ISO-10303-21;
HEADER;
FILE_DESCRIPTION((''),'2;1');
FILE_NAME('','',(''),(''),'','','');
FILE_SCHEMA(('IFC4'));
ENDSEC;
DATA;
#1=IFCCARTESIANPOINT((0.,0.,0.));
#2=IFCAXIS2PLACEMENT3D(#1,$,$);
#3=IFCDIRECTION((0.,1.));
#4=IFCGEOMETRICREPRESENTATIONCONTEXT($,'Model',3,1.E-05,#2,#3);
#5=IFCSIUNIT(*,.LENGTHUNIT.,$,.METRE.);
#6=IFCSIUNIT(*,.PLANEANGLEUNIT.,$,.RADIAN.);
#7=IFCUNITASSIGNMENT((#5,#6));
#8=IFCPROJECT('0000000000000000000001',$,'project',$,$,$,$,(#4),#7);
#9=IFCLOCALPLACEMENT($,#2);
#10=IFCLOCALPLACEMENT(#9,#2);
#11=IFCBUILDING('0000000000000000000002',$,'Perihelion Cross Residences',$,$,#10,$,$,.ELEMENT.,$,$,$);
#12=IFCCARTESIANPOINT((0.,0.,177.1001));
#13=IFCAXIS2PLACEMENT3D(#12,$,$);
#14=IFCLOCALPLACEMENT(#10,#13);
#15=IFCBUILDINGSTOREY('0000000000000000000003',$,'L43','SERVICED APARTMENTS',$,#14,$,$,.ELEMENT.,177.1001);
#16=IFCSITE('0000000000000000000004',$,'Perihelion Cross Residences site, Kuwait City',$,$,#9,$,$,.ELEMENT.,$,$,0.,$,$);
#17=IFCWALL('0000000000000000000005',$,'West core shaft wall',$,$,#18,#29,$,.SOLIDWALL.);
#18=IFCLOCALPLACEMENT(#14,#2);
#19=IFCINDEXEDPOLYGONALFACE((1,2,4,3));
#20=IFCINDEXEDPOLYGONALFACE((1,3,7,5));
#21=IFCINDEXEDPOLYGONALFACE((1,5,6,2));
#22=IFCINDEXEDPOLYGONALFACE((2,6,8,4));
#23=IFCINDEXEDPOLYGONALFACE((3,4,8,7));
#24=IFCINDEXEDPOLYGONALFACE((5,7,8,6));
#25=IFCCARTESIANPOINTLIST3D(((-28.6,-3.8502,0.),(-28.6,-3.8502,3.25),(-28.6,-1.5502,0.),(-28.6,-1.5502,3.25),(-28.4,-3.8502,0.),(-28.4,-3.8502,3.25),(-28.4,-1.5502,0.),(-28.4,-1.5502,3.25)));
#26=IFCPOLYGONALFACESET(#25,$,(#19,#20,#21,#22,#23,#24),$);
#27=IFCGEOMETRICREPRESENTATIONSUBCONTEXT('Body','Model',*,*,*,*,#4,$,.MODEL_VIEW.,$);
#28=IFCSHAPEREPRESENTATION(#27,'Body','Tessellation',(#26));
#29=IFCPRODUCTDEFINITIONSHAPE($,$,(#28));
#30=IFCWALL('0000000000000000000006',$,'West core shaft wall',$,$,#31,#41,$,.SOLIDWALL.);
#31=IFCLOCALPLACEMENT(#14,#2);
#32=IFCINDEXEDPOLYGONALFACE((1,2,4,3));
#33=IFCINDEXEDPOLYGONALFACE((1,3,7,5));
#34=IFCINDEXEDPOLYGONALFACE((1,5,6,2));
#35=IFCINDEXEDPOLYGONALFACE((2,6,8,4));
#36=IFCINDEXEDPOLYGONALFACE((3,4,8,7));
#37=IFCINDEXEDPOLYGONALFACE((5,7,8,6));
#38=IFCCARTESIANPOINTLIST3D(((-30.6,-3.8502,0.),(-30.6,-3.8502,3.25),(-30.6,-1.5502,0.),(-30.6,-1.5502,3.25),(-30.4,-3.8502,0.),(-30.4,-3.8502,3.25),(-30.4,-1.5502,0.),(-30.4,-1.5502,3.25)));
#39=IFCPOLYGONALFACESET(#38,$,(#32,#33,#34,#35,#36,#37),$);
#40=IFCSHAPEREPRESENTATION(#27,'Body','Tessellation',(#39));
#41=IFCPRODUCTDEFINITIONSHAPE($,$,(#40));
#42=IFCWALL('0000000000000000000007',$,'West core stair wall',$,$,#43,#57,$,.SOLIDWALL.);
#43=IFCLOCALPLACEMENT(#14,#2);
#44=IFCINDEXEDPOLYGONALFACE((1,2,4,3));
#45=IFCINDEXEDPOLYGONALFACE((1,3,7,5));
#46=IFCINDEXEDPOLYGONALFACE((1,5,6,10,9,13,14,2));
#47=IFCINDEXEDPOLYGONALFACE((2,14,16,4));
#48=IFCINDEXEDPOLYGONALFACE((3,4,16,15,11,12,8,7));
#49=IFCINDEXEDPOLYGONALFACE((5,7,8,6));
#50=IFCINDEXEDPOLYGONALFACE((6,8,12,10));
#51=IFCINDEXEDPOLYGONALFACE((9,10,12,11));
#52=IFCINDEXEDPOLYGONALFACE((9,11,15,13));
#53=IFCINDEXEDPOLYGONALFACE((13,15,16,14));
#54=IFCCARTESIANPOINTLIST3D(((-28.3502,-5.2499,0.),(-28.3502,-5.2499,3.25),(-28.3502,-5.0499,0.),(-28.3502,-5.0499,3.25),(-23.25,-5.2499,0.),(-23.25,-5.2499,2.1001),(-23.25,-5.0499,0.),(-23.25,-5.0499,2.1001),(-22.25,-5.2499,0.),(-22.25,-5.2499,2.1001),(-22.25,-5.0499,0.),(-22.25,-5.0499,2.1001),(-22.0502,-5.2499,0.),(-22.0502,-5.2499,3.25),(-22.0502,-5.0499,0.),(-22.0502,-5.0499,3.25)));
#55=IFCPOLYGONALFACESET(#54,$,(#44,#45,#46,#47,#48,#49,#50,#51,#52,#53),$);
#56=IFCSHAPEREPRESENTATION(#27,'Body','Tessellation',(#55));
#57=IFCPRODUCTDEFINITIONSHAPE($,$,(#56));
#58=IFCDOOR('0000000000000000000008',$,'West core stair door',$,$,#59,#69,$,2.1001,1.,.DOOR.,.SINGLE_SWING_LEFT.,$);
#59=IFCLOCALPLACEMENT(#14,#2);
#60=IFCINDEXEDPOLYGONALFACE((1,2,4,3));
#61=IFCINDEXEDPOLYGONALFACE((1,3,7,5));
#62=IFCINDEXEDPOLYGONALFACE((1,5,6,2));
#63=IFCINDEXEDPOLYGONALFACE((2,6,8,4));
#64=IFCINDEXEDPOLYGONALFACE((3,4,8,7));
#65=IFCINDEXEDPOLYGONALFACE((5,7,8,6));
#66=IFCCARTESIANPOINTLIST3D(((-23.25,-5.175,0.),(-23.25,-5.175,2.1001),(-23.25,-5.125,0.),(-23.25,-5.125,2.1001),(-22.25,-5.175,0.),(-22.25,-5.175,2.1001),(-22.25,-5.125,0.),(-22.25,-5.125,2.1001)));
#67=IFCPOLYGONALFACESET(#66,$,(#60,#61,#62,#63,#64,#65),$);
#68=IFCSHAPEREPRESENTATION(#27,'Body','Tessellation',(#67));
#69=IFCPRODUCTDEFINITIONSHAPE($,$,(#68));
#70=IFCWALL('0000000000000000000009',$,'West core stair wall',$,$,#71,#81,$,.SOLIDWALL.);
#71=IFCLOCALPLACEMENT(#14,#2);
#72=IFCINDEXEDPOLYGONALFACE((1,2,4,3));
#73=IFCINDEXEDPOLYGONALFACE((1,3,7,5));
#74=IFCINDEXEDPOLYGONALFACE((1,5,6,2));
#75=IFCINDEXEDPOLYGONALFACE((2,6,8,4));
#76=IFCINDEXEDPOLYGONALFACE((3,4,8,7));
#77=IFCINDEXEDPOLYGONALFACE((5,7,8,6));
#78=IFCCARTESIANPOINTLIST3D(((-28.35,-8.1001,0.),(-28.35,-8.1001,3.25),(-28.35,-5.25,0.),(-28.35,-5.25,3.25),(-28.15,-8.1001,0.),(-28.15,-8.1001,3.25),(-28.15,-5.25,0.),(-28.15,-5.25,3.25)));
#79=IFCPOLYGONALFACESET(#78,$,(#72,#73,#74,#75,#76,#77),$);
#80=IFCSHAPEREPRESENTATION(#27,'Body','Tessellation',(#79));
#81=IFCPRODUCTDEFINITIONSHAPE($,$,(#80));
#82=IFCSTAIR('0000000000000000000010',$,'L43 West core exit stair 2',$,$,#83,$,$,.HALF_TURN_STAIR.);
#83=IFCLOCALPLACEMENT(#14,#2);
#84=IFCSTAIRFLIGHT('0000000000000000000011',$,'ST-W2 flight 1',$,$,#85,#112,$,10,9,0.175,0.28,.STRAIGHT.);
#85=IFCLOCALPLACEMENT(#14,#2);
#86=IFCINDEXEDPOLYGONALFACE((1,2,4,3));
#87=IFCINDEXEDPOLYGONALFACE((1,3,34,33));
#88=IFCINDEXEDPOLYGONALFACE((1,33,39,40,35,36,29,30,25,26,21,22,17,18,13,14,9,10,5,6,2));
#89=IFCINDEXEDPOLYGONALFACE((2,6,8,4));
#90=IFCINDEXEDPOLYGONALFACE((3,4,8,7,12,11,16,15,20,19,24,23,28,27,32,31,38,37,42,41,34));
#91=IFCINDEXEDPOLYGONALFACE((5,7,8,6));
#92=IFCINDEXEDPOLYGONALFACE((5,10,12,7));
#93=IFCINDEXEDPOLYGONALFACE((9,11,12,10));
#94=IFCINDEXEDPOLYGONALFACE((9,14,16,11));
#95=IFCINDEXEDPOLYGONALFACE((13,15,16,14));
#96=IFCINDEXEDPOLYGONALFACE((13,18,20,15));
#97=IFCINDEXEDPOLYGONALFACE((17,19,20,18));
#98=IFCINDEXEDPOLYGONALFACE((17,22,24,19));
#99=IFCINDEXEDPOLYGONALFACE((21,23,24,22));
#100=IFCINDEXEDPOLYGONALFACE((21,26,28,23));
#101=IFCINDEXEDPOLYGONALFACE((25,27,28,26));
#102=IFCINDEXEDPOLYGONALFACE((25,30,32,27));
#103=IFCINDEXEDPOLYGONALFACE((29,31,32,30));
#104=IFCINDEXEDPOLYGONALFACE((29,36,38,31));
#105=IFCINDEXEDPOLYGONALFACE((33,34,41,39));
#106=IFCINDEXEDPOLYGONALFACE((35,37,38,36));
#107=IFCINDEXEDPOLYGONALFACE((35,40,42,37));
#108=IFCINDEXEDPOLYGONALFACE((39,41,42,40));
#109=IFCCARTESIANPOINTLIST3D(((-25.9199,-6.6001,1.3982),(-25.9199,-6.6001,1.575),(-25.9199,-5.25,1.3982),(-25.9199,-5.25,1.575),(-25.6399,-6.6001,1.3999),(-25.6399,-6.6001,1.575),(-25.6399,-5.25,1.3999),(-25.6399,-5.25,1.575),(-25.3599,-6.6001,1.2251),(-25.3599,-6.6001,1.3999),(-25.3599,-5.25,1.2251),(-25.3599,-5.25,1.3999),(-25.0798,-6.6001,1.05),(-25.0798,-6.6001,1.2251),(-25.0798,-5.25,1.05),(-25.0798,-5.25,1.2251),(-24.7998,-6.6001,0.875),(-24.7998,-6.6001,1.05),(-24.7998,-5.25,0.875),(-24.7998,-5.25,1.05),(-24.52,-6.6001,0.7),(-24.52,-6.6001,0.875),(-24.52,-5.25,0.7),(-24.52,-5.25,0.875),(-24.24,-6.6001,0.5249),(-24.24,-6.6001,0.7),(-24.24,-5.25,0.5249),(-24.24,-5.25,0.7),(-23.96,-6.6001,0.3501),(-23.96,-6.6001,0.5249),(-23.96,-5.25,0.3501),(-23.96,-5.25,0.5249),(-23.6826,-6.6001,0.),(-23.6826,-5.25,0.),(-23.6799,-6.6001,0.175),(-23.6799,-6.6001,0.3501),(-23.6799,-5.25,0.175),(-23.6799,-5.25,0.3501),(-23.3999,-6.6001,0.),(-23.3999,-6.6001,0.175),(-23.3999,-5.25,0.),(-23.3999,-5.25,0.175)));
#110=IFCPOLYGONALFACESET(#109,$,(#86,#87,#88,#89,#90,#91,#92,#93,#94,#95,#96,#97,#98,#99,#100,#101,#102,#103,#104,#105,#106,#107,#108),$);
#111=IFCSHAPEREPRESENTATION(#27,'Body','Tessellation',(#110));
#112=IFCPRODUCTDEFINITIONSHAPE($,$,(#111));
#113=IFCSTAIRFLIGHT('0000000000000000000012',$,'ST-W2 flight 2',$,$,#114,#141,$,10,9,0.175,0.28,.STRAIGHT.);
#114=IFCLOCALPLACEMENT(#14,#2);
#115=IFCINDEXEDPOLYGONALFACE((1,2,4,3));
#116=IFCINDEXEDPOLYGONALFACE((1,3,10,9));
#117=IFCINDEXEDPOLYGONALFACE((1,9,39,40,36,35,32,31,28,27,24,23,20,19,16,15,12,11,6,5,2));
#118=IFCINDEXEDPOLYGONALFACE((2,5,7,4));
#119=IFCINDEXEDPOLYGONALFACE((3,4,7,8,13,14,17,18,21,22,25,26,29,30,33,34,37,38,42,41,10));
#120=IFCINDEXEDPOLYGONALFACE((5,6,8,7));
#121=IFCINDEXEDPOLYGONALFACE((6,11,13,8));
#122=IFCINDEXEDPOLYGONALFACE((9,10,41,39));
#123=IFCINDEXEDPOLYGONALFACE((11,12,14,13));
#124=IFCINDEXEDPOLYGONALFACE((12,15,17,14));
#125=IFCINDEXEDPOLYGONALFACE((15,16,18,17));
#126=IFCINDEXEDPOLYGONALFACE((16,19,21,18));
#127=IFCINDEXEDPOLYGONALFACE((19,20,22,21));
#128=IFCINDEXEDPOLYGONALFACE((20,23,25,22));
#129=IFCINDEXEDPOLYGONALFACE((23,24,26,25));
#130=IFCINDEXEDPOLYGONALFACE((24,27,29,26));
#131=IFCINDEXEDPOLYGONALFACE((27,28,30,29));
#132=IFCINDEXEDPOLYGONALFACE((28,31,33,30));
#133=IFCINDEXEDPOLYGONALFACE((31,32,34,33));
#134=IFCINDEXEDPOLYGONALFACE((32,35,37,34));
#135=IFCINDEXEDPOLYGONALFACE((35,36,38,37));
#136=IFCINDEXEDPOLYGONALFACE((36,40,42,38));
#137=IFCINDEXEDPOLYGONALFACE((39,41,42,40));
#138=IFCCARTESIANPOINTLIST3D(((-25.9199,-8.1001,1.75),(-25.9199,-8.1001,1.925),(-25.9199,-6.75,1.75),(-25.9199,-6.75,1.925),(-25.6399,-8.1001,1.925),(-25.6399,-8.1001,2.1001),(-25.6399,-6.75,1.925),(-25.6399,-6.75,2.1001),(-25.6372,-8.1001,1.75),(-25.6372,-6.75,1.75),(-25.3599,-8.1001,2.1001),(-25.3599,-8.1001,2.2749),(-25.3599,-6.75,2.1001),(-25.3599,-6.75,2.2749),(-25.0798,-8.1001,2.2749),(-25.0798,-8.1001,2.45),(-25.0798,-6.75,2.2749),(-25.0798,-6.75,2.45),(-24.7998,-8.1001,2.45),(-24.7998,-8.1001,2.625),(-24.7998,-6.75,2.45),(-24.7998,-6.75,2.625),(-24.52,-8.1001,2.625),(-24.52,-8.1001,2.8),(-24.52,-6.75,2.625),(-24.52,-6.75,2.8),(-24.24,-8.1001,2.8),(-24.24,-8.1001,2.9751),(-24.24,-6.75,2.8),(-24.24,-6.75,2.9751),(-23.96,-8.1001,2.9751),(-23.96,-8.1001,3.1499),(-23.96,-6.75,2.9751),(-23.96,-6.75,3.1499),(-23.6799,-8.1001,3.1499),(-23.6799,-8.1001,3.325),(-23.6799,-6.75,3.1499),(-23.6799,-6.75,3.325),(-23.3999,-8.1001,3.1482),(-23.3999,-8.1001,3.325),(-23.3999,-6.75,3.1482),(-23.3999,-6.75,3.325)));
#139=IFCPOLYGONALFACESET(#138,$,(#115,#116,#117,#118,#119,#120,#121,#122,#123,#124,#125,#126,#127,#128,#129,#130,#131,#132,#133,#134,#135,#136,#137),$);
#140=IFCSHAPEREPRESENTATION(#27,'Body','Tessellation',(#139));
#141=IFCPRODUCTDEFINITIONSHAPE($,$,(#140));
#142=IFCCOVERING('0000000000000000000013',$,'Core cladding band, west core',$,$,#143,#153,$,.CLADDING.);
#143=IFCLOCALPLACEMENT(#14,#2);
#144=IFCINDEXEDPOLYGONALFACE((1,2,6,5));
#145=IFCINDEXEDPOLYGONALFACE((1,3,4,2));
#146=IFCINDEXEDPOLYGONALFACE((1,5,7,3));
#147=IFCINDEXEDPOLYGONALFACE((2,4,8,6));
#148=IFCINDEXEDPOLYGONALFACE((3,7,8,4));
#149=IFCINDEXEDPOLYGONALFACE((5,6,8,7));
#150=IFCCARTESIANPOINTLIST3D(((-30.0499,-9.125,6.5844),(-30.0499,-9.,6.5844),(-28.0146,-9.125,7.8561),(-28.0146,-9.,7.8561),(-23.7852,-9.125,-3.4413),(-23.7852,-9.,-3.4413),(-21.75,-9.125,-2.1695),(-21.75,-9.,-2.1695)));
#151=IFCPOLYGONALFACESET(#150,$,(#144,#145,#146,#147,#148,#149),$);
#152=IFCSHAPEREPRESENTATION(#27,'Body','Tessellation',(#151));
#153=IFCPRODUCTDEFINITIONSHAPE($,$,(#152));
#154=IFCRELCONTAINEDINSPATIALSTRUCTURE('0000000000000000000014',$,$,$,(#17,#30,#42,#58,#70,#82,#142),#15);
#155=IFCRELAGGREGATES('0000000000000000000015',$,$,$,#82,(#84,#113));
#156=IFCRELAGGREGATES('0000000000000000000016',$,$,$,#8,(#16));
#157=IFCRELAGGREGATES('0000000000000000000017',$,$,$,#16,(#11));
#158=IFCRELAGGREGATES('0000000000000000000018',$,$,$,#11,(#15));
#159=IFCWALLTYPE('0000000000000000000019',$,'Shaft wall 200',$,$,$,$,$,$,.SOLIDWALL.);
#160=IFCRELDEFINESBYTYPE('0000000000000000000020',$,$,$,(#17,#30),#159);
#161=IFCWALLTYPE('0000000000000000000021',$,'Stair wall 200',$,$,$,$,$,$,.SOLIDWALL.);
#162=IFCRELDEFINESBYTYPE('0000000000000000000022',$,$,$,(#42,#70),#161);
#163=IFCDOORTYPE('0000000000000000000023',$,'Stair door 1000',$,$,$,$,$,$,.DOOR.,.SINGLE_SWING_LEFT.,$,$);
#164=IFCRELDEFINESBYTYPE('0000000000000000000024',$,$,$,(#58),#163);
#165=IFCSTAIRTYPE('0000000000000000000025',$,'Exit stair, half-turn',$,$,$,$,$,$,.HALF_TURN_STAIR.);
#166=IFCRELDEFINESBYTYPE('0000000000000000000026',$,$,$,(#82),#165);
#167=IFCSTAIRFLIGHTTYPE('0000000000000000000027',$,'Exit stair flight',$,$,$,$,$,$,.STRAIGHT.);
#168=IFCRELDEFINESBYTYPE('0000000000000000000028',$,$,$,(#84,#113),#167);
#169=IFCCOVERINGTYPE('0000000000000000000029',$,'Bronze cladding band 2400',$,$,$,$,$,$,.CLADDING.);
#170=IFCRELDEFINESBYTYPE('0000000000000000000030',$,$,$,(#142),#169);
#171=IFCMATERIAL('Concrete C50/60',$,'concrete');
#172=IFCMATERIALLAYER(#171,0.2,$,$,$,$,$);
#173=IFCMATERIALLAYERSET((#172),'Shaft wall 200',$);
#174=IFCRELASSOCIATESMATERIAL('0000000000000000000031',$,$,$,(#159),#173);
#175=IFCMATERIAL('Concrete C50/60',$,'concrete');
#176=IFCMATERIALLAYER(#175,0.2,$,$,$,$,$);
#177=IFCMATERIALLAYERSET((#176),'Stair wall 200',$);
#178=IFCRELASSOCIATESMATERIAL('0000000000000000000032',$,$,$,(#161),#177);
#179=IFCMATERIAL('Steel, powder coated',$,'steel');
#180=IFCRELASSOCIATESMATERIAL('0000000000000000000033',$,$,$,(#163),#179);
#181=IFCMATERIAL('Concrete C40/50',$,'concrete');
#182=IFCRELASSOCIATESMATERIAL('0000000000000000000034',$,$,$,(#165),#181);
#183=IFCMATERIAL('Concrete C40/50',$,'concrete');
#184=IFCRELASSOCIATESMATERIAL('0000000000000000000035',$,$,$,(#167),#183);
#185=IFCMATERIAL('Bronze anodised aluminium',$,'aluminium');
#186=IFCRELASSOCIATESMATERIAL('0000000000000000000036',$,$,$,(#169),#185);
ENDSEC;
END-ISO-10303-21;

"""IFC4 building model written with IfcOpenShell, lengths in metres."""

from ifc_helpers import new_model, si_unit, direction, frame, frame_2d, origin, origin_2d, place, context, subcontext, project, spatial, polyline, rectangle, outline, extrude, material, layer, layer_set, material_profile, profile_set, type_object, element, fill, aggregate, save


model = new_model("IFC4")

# Units and contexts
model_context = context("Model", 3, precision=1e-05, world=origin(), true_north=direction((0.0, 1.0)))
body_context = subcontext(model_context, "Body", "Model", "MODEL_VIEW")
ifc_project = project(units=[si_unit("LENGTHUNIT", "METRE"), si_unit("PLANEANGLEUNIT", "RADIAN")], contexts=[model_context])

# Site, building, storey
site_placement = place(None, origin())
site = spatial("IfcSite", under=ifc_project, at=site_placement, Name="Perihelion Cross Residences site, Kuwait City", CompositionType="ELEMENT", RefElevation=0.0)
building_placement = place(site_placement, origin())
building = spatial("IfcBuilding", under=site, at=building_placement, Name="Perihelion Cross Residences", CompositionType="ELEMENT")
storey_placement = place(building_placement, frame((0.0, 0.0, 177.1001)))
storey = spatial("IfcBuildingStorey", under=building, at=storey_placement, Name="L43", Description="SERVICED APARTMENTS", CompositionType="ELEMENT", Elevation=177.1001)

# Walls
ifc_material_1 = material(Name="Concrete C50/60", Category="concrete")
ifc_layer_1 = layer(ifc_material_1, 0.2)
ifc_layer_set_1 = layer_set([ifc_layer_1], Name="Shaft wall 200")
wall_type_1 = type_object("IfcWallType", Name="Shaft wall 200", PredefinedType="SOLIDWALL", material=ifc_layer_set_1)
for number, where, z_axis, x_axis, name in (
    (1, (-28.5, -3.8501, 0.0), (0.0, 0.0, 1.0), (0.0, 1.0, 0.0), "West core shaft wall"),
    (2, (-30.5, -3.8501, 0.0), (0.0, 0.0, 1.0), (0.0, 1.0, 0.0), "West core shaft wall"),
):
    element("IfcWall", number, at=place(storey_placement, frame(where, z_axis=z_axis, x_axis=x_axis)), inside=storey, type_object=wall_type_1, Name=name, PredefinedType="SOLIDWALL", context=body_context, shape_type="SweptSolid", body=[
        extrude(rectangle(XDim=2.3, YDim=0.2, at=frame_2d((1.1499, 0.0))), origin(), (0.0, 0.0, 1.0), 3.25),
    ])

# Wall, opening, door
ifc_material_2 = material(Name="Concrete C50/60", Category="concrete")
ifc_layer_2 = layer(ifc_material_2, 0.2)
ifc_layer_set_2 = layer_set([ifc_layer_2], Name="Stair wall 200")
wall_type_2 = type_object("IfcWallType", Name="Stair wall 200", PredefinedType="SOLIDWALL", material=ifc_layer_set_2)
wall_1_placement = place(storey_placement, frame((-28.3501, -5.1499, 0.0), z_axis=(0.0, 0.0, 1.0), x_axis=(1.0, 0.0, 0.0)))
wall_1 = element("IfcWall", 3, at=wall_1_placement, inside=storey, type_object=wall_type_2, Name="West core stair wall", PredefinedType="SOLIDWALL", context=body_context, shape_type="SweptSolid", body=[
    extrude(rectangle(XDim=6.3, YDim=0.2, at=frame_2d((3.1499, 0.0))), origin(), (0.0, 0.0, 1.0), 3.25),
])
opening_1_placement = place(wall_1_placement, frame((5.1001, 0.0, 0.0)))
opening_1 = element("IfcOpeningElement", 4, at=opening_1_placement, cuts=wall_1, PredefinedType="OPENING", context=body_context, shape_type="SweptSolid", body=[
    extrude(rectangle(XDim=1.0, YDim=2.1001, at=frame_2d((0.5, 1.05))), frame((0.0, 0.1099, 0.0), z_axis=(0.0, -1.0, 0.0), x_axis=(1.0, 0.0, 0.0)), (0.0, 0.0, 1.0), 0.22),
])
ifc_material_3 = material(Name="Steel, powder coated", Category="steel")
door_type_1 = type_object("IfcDoorType", Name="Stair door 1000", OperationType="SINGLE_SWING_LEFT", PredefinedType="DOOR", material=ifc_material_3)
door_1_placement = place(opening_1_placement, origin())
door_1 = element("IfcDoor", 5, at=door_1_placement, inside=storey, type_object=door_type_1, Name="West core stair door", OperationType="SINGLE_SWING_LEFT", OverallHeight=2.1001, OverallWidth=1.0, PredefinedType="DOOR", context=body_context, shape_type="SweptSolid", body=[
    extrude(rectangle(XDim=1.0, YDim=2.1001, at=frame_2d((0.5, 1.05))), frame((0.0, 0.0249, 0.0), z_axis=(0.0, -1.0, 0.0), x_axis=(1.0, 0.0, 0.0)), (0.0, 0.0, 1.0), 0.05),
])
fill(opening_1, door_1)

# Wall
wall_2_placement = place(storey_placement, frame((-28.25, -8.1001, 0.0), z_axis=(0.0, 0.0, 1.0), x_axis=(0.0, 1.0, 0.0)))
element("IfcWall", 6, at=wall_2_placement, inside=storey, type_object=wall_type_2, Name="West core stair wall", PredefinedType="SOLIDWALL", context=body_context, shape_type="SweptSolid", body=[
    extrude(rectangle(XDim=2.8501, YDim=0.2, at=frame_2d((1.425, 0.0))), origin(), (0.0, 0.0, 1.0), 3.25),
])

# Stair, stair flights
ifc_material_4 = material(Name="Concrete C40/50", Category="concrete")
stair_type = type_object("IfcStairType", Name="Exit stair, half-turn", PredefinedType="HALF_TURN_STAIR", material=ifc_material_4)
stair_placement = place(storey_placement, origin())
stair = element("IfcStair", 7, at=stair_placement, inside=storey, type_object=stair_type, Name="L43 West core exit stair 2", PredefinedType="HALF_TURN_STAIR")
ifc_material_5 = material(Name="Concrete C40/50", Category="concrete")
stair_flight_type = type_object("IfcStairFlightType", Name="Exit stair flight", PredefinedType="STRAIGHT", material=ifc_material_5)
stair_flight_1_placement = place(storey_placement, frame((-23.3999, -5.925, 0.0), z_axis=(0.0, 0.0, 1.0), x_axis=(-1.0, 0.0, 0.0)))
stair_flight_1 = element("IfcStairFlight", 8, at=stair_flight_1_placement, type_object=stair_flight_type, Name="ST-W2 flight 1", NumberOfRisers=10, NumberOfTreads=9, PredefinedType="STRAIGHT", RiserHeight=0.175, TreadLength=0.28, context=body_context, shape_type="SweptSolid", body=[
    extrude(outline(polyline([(0.0, 0.0), (0.0, 0.175), (0.28, 0.175), (0.28, 0.3501), (0.5601, 0.3501), (0.5601, 0.5249), (0.8401, 0.5249), (0.8401, 0.7), (1.1201, 0.7), (1.1201, 0.875), (1.3999, 0.875), (1.3999, 1.05), (1.6799, 1.05), (1.6799, 1.2251), (1.96, 1.2251), (1.96, 1.3999), (2.24, 1.3999), (2.24, 1.575), (2.52, 1.575), (2.52, 1.75), (2.52, 1.3982), (0.2827, 0.0), (0.0, 0.0)])), frame((0.0, 0.675, 0.0), z_axis=(0.0, -1.0, 0.0), x_axis=(1.0, 0.0, 0.0)), (0.0, 0.0, 1.0), 1.3501),
])
stair_flight_2_placement = place(storey_placement, frame((-25.9199, -7.425, 1.75), z_axis=(0.0, 0.0, 1.0), x_axis=(1.0, 0.0, 0.0)))
stair_flight_2 = element("IfcStairFlight", 9, at=stair_flight_2_placement, type_object=stair_flight_type, Name="ST-W2 flight 2", NumberOfRisers=10, NumberOfTreads=9, PredefinedType="STRAIGHT", RiserHeight=0.175, TreadLength=0.28, context=body_context, shape_type="SweptSolid", body=[
    extrude(outline(polyline([(0.0, 0.0), (0.0, 0.175), (0.28, 0.175), (0.28, 0.3501), (0.5601, 0.3501), (0.5601, 0.5249), (0.8401, 0.5249), (0.8401, 0.7), (1.1201, 0.7), (1.1201, 0.875), (1.3999, 0.875), (1.3999, 1.05), (1.6799, 1.05), (1.6799, 1.2251), (1.96, 1.2251), (1.96, 1.3999), (2.24, 1.3999), (2.24, 1.575), (2.52, 1.575), (2.52, 1.75), (2.52, 1.3982), (0.2827, 0.0), (0.0, 0.0)])), frame((0.0, 0.675, 0.0), z_axis=(0.0, -1.0, 0.0), x_axis=(1.0, 0.0, 0.0)), (0.0, 0.0, 1.0), 1.3501),
])
aggregate(stair, [stair_flight_1, stair_flight_2])

# Covering
ifc_material_6 = material(Name="Bronze anodised aluminium", Category="aluminium")
ifc_material_profile = material_profile(ifc_material_6, rectangle(XDim=0.125, YDim=2.3999, at=origin_2d()), Name="Bronze cladding band 2400")
ifc_profile_set = profile_set([ifc_material_profile], Name="Bronze anodised aluminium")
covering_type = type_object("IfcCoveringType", Name="Bronze cladding band 2400", PredefinedType="CLADDING", material=ifc_profile_set)
covering_placement = place(storey_placement, frame((-22.7676, -9.0625, -2.8054), z_axis=(-0.529915, 0.0, 0.848051), x_axis=(0.0, -1.0, 0.0)))
element("IfcCovering", 10, at=covering_placement, inside=storey, type_object=covering_type, Name="Core cladding band, west core", PredefinedType="CLADDING", context=body_context, shape_type="SweptSolid", body=[
    extrude(rectangle(XDim=0.125, YDim=2.3999, at=origin_2d()), origin(), (0.0, 0.0, 1.0), 11.822),
])

save(model, "model.ifc")
